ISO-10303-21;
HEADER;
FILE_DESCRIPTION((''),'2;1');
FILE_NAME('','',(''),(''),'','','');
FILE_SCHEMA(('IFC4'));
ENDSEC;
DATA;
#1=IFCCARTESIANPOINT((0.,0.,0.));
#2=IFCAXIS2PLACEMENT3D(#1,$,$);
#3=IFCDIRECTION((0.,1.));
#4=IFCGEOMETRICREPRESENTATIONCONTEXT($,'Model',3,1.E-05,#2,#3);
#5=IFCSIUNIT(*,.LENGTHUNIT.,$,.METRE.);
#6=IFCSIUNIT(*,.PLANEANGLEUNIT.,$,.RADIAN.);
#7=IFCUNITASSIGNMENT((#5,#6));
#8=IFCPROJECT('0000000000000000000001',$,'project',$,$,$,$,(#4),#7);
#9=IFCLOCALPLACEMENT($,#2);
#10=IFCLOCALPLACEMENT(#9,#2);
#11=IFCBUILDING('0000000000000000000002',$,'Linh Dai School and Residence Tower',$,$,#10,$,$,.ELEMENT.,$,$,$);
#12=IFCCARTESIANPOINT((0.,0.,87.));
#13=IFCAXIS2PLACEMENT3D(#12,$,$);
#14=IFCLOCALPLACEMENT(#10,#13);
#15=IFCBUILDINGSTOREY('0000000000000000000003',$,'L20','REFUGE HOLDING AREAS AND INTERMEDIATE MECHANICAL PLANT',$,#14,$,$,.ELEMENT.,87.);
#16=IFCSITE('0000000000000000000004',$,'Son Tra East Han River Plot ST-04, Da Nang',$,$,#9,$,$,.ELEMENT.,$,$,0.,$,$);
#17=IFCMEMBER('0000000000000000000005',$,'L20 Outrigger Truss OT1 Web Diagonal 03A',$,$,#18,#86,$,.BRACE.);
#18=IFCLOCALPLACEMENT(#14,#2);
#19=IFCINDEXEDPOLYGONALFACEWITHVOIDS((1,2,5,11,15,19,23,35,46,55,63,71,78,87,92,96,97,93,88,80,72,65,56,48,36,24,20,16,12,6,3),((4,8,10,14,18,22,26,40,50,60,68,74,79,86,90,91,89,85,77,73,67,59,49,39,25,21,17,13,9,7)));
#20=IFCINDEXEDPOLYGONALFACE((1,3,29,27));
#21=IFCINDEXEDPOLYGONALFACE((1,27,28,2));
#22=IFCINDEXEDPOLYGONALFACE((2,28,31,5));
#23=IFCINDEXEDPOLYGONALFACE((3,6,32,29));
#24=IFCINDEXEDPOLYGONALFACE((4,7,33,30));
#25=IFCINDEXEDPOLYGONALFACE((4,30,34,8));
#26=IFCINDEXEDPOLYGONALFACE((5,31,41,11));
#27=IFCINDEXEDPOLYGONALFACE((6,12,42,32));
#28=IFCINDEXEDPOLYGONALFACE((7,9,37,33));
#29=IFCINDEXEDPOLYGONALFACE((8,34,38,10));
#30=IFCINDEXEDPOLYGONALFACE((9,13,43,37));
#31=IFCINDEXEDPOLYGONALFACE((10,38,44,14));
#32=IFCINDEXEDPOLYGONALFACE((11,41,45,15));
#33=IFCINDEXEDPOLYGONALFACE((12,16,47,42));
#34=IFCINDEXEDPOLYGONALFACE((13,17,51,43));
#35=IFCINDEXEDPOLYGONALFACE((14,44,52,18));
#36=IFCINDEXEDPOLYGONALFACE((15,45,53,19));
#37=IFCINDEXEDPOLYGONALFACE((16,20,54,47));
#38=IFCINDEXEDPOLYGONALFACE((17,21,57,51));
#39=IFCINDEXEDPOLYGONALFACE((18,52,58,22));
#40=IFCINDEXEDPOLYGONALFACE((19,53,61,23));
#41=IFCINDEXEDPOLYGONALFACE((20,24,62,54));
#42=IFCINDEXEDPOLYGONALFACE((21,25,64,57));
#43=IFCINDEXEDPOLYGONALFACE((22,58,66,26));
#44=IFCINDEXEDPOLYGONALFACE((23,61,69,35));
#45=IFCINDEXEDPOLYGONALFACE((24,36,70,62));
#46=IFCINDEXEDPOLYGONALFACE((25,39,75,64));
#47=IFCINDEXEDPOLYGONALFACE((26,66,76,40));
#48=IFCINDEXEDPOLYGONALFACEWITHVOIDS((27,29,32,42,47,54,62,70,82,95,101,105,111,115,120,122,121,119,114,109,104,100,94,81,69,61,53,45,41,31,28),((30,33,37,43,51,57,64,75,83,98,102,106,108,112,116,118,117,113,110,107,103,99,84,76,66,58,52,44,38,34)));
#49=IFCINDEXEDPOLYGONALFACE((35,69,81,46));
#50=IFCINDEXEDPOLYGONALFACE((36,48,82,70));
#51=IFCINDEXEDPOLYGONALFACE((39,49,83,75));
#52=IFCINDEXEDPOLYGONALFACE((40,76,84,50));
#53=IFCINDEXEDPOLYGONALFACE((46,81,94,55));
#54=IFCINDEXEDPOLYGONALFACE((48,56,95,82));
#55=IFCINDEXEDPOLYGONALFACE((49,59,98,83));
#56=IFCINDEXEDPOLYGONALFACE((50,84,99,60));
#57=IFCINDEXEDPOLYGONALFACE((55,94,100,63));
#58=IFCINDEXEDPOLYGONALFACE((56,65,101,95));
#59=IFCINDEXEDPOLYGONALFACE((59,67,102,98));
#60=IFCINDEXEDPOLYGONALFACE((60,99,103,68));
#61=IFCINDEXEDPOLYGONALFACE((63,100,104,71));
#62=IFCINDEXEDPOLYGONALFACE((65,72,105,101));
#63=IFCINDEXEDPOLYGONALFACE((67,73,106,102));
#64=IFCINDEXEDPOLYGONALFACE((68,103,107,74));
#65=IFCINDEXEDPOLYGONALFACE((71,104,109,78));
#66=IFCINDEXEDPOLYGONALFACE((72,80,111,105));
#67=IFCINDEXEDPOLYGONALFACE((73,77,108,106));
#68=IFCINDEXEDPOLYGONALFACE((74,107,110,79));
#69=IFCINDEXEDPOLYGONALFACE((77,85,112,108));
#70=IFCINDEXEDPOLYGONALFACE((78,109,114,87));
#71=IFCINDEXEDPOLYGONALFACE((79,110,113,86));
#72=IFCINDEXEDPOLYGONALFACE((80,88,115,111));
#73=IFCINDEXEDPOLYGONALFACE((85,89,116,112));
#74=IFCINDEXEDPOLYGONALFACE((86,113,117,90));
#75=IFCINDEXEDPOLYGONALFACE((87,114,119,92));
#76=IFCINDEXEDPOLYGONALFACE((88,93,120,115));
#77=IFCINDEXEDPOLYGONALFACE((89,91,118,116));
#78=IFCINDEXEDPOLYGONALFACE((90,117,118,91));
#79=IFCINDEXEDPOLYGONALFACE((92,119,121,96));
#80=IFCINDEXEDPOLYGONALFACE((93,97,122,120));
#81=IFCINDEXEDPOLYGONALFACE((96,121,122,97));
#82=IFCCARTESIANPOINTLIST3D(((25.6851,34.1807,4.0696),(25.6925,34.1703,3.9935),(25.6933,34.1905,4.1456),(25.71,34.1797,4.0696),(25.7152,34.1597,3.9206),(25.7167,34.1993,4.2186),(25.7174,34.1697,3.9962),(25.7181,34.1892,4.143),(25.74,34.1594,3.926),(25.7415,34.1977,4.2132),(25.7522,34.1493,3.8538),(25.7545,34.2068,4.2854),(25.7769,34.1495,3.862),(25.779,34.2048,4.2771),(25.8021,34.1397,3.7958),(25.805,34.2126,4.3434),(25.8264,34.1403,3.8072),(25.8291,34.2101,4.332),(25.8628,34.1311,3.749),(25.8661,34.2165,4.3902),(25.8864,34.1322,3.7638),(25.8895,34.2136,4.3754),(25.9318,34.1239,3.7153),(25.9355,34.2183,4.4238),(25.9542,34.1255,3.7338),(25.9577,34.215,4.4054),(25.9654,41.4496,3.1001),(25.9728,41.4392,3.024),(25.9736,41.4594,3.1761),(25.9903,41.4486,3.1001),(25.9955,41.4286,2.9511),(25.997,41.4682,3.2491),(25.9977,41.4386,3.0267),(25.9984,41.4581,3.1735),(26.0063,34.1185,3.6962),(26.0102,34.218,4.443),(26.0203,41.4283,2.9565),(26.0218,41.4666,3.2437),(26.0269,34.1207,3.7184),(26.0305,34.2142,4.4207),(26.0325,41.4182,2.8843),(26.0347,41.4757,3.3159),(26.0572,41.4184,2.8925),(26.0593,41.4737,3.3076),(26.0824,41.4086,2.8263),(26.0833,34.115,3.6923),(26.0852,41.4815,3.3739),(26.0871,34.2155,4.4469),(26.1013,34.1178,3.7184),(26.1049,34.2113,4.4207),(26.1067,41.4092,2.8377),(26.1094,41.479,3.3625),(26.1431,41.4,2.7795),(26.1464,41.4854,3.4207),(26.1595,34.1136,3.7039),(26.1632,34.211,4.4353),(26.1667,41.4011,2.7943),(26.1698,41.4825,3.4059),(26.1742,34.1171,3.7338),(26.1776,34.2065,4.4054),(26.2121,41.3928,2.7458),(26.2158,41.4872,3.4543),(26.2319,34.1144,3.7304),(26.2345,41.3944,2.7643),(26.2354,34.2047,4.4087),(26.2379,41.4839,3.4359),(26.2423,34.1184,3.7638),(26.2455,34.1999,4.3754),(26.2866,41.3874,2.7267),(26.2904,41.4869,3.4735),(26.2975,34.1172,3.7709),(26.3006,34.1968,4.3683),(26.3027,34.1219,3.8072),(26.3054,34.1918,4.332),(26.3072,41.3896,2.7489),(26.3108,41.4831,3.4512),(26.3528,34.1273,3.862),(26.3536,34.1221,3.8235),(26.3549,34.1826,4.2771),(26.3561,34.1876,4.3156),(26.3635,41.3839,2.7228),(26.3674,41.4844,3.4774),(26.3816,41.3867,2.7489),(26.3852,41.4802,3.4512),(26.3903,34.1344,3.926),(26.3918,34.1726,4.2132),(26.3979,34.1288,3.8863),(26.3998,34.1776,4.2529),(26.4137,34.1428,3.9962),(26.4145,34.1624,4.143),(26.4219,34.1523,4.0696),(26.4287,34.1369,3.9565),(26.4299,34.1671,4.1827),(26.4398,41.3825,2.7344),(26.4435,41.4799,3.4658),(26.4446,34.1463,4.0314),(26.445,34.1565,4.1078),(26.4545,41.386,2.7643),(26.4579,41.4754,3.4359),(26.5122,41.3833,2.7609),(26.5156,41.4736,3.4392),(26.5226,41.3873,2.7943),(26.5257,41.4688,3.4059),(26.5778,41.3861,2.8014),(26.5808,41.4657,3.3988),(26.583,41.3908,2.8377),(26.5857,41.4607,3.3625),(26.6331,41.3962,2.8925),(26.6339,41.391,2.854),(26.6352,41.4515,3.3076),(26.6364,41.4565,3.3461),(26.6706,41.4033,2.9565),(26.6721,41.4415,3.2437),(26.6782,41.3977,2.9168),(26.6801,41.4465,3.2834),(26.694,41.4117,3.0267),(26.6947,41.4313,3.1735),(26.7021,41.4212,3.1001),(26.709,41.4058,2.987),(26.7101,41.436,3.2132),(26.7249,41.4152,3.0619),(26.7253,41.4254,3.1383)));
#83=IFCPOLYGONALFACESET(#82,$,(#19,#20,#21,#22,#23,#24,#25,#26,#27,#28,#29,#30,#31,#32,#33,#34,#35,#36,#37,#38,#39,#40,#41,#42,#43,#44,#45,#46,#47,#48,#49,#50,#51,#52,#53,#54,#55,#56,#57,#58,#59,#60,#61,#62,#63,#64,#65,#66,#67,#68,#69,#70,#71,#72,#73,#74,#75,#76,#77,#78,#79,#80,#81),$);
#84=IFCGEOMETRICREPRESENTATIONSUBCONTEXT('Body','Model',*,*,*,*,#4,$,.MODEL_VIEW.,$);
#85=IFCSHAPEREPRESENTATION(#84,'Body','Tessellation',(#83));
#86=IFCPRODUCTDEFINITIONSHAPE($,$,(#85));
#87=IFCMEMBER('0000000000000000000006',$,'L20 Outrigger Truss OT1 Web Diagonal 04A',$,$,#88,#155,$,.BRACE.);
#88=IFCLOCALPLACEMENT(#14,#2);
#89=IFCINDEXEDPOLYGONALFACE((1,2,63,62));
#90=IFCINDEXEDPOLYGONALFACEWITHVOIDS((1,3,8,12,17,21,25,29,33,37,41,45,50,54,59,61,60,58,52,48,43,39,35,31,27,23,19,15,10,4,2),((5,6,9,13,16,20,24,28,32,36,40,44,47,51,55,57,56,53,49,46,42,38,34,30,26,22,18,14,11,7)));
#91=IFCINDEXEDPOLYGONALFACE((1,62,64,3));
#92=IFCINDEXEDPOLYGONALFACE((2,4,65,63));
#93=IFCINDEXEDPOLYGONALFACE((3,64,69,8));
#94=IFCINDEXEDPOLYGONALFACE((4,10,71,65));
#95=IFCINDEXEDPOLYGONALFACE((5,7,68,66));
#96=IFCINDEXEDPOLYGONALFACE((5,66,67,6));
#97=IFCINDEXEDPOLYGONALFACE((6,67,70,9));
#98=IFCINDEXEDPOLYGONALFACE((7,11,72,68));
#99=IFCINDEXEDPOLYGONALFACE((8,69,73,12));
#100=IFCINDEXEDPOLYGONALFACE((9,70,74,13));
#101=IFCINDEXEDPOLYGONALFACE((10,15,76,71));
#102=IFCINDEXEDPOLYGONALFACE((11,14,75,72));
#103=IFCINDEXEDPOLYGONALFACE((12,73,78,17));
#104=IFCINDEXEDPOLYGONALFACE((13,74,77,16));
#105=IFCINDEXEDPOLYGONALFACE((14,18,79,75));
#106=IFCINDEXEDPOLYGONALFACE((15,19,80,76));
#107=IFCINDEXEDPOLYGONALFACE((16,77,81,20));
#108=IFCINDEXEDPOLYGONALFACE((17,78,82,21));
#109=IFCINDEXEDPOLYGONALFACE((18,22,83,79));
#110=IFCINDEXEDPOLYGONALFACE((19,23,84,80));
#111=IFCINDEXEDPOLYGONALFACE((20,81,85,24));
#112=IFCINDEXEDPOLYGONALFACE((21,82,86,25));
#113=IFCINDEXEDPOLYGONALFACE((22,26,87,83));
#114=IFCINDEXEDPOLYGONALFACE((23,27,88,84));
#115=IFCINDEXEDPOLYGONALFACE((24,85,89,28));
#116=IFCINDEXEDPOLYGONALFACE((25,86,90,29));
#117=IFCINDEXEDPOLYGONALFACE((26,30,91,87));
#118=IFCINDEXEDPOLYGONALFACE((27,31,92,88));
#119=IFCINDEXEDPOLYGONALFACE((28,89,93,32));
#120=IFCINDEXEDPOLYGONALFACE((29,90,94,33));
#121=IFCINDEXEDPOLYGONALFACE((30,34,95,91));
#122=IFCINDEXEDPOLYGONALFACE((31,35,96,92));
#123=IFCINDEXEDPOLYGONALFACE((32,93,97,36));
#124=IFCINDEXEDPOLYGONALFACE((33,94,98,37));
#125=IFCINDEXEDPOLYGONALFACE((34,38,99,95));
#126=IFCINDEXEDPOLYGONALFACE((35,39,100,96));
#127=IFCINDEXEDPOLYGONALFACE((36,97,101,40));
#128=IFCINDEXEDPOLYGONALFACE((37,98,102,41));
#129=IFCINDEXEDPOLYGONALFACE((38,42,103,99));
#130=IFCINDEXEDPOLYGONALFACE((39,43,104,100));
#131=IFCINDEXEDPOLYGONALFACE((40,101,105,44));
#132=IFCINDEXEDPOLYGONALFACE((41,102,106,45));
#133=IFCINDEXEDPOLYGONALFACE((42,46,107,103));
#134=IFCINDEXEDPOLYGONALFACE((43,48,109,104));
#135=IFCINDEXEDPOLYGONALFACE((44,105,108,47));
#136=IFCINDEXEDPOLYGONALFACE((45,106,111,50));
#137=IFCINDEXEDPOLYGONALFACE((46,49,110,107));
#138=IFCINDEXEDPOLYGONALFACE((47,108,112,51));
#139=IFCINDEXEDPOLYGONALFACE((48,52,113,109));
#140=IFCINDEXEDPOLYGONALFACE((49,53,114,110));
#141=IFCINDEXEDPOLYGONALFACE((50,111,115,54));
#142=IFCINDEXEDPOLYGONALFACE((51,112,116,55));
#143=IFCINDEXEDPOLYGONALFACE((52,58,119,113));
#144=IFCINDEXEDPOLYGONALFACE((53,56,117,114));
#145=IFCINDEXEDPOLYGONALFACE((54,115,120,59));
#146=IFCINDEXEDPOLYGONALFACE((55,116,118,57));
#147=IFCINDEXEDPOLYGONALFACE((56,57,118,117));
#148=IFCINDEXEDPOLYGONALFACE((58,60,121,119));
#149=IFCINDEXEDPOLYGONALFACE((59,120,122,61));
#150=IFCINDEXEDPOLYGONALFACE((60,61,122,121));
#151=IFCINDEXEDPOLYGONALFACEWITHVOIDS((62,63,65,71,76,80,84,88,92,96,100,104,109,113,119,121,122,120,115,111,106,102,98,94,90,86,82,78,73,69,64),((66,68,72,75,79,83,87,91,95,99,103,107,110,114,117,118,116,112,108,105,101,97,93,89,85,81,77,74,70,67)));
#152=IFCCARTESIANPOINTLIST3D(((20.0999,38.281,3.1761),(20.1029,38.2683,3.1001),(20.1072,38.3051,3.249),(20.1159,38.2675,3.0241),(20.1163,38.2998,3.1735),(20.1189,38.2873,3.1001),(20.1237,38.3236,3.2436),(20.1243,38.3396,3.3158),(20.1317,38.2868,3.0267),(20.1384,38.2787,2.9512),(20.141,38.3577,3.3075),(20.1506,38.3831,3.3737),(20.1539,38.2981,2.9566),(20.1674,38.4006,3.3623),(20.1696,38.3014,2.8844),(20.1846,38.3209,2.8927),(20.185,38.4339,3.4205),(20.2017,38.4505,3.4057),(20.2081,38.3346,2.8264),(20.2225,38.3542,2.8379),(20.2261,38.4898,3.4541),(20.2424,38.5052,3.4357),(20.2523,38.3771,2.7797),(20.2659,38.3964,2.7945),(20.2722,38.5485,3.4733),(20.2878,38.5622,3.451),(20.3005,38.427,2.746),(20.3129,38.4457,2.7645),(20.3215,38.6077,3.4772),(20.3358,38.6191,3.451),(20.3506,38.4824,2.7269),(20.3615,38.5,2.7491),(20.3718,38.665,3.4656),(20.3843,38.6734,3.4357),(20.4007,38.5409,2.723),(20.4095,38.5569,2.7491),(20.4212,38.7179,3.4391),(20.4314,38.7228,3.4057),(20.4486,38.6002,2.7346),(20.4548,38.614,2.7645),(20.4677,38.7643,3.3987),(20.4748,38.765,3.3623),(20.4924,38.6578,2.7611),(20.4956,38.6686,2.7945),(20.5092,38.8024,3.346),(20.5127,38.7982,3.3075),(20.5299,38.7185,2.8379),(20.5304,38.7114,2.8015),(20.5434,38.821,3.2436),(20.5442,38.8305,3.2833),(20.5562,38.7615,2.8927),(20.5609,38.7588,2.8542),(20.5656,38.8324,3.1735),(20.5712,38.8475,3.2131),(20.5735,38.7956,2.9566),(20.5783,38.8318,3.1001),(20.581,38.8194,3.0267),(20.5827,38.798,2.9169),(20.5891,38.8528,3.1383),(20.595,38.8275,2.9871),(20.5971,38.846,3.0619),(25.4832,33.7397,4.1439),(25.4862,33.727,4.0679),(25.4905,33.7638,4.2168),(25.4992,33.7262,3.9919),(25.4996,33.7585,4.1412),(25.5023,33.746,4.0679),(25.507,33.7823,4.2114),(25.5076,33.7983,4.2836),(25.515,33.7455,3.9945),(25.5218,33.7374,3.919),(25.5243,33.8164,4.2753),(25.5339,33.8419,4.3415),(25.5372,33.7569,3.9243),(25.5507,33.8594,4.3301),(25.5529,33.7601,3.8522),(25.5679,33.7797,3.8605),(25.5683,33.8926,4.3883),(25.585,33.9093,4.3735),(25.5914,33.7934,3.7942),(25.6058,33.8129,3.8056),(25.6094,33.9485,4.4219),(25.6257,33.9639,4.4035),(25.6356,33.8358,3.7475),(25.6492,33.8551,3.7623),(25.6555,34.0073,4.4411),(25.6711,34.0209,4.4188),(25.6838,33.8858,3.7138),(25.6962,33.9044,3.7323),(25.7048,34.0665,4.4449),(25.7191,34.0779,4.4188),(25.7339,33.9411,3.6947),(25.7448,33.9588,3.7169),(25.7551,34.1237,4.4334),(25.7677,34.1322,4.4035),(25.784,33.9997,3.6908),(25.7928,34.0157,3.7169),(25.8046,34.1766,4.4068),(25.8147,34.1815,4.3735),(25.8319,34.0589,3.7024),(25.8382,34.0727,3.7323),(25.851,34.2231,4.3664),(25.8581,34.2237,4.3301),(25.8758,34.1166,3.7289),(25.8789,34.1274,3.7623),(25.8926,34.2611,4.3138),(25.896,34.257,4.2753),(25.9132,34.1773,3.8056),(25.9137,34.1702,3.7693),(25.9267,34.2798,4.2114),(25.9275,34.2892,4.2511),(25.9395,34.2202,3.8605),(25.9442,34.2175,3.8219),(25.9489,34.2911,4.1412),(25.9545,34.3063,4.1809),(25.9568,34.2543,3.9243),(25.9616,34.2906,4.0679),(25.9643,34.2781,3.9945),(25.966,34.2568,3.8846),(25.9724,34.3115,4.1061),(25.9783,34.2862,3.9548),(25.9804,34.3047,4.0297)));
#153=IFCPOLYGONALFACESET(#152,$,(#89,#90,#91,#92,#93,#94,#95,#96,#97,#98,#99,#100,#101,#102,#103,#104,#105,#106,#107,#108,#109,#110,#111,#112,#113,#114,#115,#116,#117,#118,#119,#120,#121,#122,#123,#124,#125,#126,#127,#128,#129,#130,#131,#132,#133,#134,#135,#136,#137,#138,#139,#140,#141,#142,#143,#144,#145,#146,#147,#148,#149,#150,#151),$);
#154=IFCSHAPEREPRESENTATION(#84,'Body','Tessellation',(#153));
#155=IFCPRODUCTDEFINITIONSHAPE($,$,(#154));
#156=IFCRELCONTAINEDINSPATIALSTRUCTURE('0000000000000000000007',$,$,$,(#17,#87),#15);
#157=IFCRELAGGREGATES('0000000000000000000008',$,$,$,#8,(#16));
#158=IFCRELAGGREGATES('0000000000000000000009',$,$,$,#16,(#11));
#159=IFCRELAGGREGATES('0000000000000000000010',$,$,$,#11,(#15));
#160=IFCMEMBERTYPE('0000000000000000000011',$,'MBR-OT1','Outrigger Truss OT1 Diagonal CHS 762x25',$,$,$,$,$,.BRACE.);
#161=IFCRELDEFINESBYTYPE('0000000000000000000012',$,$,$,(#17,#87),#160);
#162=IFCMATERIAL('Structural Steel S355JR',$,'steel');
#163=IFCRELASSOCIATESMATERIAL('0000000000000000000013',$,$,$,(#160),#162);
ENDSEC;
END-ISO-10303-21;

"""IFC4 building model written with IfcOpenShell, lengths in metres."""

from ifc_helpers import new_model, si_unit, direction, frame, origin, origin_2d, place, context, subcontext, project, spatial, hollow_circle, extrude, material, material_profile, profile_set, type_object, element, save


model = new_model("IFC4")

# Units and contexts
model_context = context("Model", 3, precision=1e-05, world=origin(), true_north=direction((0.0, 1.0)))
body_context = subcontext(model_context, "Body", "Model", "MODEL_VIEW")
ifc_project = project(units=[si_unit("LENGTHUNIT", "METRE"), si_unit("PLANEANGLEUNIT", "RADIAN")], contexts=[model_context])

# Site, building, storey
site_placement = place(None, origin())
site = spatial("IfcSite", under=ifc_project, at=site_placement, Name="Son Tra East Han River Plot ST-04, Da Nang", CompositionType="ELEMENT", RefElevation=0.0)
building_placement = place(site_placement, origin())
building = spatial("IfcBuilding", under=site, at=building_placement, Name="Linh Dai School and Residence Tower", CompositionType="ELEMENT")
storey_placement = place(building_placement, frame((0.0, 0.0, 87.0)))
storey = spatial("IfcBuildingStorey", under=building, at=storey_placement, Name="L20", Description="REFUGE HOLDING AREAS AND INTERMEDIATE MECHANICAL PLANT", CompositionType="ELEMENT", Elevation=87.0)

# Shared definitions
ifc_material_1 = material(Name="Structural Steel S355JR", Category="steel")

# Members
ifc_material_profile_1 = material_profile(ifc_material_1, hollow_circle(Radius=0.3811, WallThickness=0.0249, at=origin_2d()), Name="CHS 762x25")
ifc_profile_set_1 = profile_set([ifc_material_profile_1], Name="Structural Steel S355JR")
member_type_1 = type_object("IfcMemberType", Name="MBR-OT1", Description="Outrigger Truss OT1 Diagonal CHS 762x25", PredefinedType="BRACE", material=ifc_profile_set_1)
member_1_placement = place(storey_placement, frame((26.0659, 34.166, 4.0696), z_axis=(0.038192, 0.990499, -0.132109), x_axis=(-0.999257, 0.03853, 0.0)))
element("IfcMember", 1, at=member_1_placement, inside=storey, type_object=member_type_1, Name="L20 Outrigger Truss OT1 Web Diagonal 03A", PredefinedType="BRACE", context=body_context, shape_type="SweptSolid", body=[
    extrude(hollow_circle(Radius=0.3811, WallThickness=0.0249, at=origin_2d()), origin(), (0.0, 0.0, 1.0), 7.3386),
])
for number, where, z_axis, x_axis, name in (
    (2, (25.7319, 34.0183, 4.0679), (-0.757239, 0.638794, -0.136131), (-0.644796, -0.764354, 0.0), "L20 Outrigger Truss OT1 Web Diagonal 04A"),
):
    element("IfcMember", number, at=place(storey_placement, frame(where, z_axis=z_axis, x_axis=x_axis)), inside=storey, type_object=member_type_1, Name=name, PredefinedType="BRACE", context=body_context, shape_type="SweptSolid", body=[
        extrude(hollow_circle(Radius=0.3811, WallThickness=0.0249, at=origin_2d()), origin(), (0.0, 0.0, 1.0), 7.1091),
    ])

save(model, "model.ifc")
